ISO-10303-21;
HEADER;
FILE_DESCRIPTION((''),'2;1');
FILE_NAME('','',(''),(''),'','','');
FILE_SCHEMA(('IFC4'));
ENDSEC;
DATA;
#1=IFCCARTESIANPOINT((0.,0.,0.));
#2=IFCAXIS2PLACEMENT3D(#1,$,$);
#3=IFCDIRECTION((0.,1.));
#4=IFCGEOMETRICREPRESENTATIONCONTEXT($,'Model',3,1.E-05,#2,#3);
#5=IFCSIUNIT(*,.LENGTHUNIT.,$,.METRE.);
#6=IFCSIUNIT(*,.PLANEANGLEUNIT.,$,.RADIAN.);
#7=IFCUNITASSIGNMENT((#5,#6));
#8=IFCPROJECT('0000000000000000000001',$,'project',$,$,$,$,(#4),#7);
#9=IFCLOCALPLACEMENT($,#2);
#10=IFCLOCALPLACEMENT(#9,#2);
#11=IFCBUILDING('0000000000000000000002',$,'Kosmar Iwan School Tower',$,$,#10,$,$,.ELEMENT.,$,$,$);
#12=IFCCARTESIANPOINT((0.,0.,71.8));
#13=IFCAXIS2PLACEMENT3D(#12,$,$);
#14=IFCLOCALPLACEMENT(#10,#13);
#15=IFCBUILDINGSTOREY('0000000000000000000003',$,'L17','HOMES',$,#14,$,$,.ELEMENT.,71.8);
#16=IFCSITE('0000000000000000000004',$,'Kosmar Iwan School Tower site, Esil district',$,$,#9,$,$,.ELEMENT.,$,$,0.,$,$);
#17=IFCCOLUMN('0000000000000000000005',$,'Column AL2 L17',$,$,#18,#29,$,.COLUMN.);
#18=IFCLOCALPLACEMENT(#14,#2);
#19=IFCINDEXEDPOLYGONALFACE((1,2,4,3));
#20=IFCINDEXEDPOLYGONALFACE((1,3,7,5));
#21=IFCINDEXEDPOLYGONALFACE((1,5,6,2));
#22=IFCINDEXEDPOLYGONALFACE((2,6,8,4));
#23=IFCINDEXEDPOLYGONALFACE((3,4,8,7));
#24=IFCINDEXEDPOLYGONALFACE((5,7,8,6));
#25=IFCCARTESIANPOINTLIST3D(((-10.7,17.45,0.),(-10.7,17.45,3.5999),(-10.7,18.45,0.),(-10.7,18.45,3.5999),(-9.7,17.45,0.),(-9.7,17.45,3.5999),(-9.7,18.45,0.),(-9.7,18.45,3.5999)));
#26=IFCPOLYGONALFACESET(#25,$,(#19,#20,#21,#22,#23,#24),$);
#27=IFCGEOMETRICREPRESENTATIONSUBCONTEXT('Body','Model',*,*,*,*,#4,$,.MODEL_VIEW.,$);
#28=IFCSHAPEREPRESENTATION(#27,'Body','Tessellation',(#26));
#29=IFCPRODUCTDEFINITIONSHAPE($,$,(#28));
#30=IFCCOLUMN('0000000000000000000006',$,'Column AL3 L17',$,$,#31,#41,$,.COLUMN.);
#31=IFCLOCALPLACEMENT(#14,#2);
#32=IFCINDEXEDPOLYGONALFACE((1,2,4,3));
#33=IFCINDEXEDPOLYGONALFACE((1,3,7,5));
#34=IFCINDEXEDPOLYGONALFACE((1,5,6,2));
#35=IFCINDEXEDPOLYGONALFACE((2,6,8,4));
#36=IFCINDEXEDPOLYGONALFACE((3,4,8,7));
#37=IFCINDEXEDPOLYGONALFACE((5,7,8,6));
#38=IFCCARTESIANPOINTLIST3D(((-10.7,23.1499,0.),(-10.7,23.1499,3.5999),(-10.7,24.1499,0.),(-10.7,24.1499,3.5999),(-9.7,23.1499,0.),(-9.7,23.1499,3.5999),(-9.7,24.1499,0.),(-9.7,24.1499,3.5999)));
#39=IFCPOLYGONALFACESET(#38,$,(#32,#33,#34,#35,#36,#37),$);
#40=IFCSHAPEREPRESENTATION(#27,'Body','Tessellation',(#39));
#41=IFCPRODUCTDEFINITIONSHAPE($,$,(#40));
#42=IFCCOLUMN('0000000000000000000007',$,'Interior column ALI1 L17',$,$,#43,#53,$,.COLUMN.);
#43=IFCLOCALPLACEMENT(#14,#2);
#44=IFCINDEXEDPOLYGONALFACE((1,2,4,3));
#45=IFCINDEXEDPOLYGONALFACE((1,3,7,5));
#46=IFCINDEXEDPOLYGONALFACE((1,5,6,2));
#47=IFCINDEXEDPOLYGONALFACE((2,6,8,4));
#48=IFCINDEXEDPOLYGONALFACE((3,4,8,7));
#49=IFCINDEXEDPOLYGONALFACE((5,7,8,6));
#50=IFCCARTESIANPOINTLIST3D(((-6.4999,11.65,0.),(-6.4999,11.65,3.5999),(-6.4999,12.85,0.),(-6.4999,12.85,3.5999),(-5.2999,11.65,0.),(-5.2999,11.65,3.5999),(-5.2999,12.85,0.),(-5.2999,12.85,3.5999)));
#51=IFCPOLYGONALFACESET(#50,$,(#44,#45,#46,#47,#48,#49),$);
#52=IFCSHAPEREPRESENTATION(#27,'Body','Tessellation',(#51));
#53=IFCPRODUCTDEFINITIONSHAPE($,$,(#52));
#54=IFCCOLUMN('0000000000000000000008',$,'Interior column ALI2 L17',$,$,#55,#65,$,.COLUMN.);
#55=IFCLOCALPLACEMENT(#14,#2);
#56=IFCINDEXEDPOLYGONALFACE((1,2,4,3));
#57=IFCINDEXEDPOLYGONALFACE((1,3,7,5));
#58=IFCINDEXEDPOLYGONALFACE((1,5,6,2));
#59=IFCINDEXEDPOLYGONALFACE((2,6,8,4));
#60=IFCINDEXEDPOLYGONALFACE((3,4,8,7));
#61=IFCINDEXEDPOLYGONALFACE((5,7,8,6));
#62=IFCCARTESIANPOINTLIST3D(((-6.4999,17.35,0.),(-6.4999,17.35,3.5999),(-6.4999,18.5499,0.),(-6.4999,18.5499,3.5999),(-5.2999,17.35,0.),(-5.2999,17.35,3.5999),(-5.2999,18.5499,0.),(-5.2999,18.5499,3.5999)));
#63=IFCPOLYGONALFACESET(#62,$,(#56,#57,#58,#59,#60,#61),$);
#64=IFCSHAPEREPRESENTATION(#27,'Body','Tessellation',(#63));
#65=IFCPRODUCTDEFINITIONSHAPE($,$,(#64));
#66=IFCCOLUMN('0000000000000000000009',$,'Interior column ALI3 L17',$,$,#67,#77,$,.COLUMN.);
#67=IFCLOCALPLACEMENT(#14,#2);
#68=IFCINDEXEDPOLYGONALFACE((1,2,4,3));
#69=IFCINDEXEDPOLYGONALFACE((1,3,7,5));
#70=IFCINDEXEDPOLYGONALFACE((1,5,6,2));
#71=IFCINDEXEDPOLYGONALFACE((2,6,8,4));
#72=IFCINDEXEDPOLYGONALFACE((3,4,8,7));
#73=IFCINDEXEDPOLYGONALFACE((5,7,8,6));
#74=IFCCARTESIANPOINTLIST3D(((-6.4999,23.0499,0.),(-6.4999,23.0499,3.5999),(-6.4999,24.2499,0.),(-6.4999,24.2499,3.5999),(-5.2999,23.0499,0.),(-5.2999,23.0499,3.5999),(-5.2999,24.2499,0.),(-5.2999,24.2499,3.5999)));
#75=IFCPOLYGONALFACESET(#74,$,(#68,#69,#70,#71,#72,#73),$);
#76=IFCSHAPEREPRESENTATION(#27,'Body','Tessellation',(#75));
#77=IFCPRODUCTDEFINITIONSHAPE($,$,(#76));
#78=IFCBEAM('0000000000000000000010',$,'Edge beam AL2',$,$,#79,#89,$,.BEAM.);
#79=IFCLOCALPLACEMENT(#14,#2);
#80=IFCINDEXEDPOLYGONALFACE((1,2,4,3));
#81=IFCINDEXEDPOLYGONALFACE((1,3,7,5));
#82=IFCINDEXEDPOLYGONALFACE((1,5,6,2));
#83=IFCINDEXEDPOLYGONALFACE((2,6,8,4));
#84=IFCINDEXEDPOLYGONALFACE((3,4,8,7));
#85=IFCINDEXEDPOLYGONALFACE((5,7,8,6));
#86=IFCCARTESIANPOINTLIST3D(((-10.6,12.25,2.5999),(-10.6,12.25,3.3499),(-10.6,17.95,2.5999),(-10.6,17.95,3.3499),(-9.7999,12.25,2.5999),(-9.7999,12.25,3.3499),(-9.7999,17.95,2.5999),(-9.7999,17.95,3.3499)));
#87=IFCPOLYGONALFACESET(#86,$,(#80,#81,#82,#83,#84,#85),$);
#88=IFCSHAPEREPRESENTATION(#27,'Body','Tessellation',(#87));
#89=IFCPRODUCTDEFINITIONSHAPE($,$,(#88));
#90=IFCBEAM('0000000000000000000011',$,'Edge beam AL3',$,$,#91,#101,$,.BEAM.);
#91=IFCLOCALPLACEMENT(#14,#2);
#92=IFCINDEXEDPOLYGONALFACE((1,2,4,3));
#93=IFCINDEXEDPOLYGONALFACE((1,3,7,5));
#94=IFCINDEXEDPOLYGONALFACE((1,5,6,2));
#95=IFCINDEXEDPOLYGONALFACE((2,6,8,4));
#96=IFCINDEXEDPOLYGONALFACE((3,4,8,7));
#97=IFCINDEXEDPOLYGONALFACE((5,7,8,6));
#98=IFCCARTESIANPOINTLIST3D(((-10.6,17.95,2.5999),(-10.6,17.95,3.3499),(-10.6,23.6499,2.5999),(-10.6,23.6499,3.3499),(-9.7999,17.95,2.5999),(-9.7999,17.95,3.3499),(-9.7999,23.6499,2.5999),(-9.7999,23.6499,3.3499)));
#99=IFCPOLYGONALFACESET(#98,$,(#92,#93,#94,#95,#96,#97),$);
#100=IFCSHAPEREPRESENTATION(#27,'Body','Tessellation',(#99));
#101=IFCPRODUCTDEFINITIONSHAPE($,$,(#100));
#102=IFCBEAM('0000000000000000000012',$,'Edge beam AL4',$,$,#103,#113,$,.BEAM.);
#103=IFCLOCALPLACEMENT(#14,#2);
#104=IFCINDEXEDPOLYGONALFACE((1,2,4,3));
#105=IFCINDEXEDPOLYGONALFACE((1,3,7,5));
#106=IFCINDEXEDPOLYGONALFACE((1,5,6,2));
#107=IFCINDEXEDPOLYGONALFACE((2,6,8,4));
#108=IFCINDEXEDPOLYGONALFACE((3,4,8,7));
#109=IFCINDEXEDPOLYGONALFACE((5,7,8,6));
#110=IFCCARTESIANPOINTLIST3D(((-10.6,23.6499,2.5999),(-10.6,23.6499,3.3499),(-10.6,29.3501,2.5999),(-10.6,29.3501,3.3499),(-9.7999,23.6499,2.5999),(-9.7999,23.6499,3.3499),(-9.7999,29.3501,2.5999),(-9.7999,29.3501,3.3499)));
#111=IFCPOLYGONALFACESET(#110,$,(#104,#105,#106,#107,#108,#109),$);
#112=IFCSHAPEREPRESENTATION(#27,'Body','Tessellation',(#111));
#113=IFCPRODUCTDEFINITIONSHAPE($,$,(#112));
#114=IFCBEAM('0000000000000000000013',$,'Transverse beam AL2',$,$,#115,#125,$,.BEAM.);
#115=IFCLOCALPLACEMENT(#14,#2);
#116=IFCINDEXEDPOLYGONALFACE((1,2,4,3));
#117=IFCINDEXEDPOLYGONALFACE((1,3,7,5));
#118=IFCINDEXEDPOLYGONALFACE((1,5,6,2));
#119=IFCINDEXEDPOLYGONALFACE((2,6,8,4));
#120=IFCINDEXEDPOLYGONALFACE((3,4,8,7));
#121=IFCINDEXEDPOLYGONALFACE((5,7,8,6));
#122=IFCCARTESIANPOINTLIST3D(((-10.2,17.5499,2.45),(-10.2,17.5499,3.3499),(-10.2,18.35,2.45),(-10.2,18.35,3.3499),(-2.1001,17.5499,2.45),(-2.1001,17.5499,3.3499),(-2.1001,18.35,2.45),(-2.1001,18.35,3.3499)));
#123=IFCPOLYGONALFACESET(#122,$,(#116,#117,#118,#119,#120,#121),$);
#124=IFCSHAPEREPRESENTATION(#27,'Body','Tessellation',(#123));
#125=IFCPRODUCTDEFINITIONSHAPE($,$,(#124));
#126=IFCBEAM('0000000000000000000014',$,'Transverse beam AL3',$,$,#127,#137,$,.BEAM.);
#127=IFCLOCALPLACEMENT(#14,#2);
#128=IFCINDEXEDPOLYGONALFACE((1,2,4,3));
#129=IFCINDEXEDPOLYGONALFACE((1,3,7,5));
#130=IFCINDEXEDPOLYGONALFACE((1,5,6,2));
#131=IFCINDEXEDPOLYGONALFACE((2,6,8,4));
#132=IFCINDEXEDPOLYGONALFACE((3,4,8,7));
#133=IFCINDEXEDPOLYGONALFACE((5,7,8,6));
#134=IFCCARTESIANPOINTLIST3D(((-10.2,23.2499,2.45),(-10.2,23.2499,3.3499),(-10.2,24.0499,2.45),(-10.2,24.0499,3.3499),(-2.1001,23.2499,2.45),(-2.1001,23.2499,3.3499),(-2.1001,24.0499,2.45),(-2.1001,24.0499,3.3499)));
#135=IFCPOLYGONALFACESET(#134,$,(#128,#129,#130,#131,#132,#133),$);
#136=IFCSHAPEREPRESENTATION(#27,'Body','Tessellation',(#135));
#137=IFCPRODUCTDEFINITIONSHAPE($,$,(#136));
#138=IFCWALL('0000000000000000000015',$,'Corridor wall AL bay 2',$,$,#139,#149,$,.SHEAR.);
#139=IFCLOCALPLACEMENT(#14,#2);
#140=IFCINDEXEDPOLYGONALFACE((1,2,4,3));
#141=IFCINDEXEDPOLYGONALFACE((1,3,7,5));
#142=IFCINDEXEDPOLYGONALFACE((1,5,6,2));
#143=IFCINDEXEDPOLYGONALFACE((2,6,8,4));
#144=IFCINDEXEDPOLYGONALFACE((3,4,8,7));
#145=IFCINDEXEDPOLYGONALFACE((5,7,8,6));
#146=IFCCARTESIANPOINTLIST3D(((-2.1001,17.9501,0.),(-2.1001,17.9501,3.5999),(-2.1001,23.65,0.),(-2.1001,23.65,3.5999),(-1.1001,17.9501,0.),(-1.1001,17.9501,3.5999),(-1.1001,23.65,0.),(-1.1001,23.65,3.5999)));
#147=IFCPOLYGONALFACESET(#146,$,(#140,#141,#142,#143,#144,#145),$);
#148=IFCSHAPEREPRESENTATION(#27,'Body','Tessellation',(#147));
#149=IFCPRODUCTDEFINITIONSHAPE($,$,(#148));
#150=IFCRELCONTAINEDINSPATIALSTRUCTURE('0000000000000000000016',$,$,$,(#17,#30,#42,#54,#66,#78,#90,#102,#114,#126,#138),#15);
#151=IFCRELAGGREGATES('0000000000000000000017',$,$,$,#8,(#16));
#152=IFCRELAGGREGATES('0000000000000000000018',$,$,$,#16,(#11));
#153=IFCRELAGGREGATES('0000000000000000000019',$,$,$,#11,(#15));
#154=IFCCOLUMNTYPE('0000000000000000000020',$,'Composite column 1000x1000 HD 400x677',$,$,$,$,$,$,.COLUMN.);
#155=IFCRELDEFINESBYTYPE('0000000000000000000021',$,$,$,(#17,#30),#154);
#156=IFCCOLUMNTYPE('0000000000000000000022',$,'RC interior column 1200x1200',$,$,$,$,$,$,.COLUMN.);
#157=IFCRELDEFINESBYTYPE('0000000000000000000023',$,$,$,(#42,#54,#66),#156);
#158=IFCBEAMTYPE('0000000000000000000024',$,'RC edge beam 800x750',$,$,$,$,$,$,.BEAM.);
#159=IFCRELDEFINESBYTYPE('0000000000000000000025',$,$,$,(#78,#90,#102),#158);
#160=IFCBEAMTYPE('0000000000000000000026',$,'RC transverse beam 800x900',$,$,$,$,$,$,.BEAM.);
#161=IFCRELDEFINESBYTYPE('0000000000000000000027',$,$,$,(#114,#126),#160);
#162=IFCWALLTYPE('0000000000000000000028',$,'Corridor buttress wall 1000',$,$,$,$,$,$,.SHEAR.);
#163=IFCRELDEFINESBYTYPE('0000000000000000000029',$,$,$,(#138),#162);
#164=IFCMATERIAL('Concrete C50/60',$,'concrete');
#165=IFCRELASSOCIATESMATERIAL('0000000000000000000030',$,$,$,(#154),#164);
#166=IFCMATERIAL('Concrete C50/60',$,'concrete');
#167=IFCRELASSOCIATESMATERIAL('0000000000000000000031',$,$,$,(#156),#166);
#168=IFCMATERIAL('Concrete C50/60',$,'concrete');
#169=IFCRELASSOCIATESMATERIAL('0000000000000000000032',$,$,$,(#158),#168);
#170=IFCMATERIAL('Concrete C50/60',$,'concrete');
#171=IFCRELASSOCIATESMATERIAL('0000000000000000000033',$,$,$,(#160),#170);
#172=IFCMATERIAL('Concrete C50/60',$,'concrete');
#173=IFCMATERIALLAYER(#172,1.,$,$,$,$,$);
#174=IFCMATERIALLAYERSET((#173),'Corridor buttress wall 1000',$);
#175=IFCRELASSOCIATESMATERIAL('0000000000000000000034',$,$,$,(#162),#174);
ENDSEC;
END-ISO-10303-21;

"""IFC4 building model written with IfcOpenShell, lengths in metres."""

from ifc_helpers import new_model, si_unit, direction, frame, frame_2d, origin, origin_2d, place, context, subcontext, project, spatial, rectangle, extrude, material, layer, layer_set, material_profile, profile_set, type_object, element, save


model = new_model("IFC4")

# Units and contexts
model_context = context("Model", 3, precision=1e-05, world=origin(), true_north=direction((0.0, 1.0)))
body_context = subcontext(model_context, "Body", "Model", "MODEL_VIEW")
ifc_project = project(units=[si_unit("LENGTHUNIT", "METRE"), si_unit("PLANEANGLEUNIT", "RADIAN")], contexts=[model_context])

# Site, building, storey
site_placement = place(None, origin())
site = spatial("IfcSite", under=ifc_project, at=site_placement, Name="Kosmar Iwan School Tower site, Esil district", CompositionType="ELEMENT", RefElevation=0.0)
building_placement = place(site_placement, origin())
building = spatial("IfcBuilding", under=site, at=building_placement, Name="Kosmar Iwan School Tower", CompositionType="ELEMENT")
storey_placement = place(building_placement, frame((0.0, 0.0, 71.8)))
storey = spatial("IfcBuildingStorey", under=building, at=storey_placement, Name="L17", Description="HOMES", CompositionType="ELEMENT", Elevation=71.8)

# Columns
ifc_material_1 = material(Name="Concrete C50/60", Category="concrete")
ifc_material_profile_1 = material_profile(ifc_material_1, rectangle(XDim=1.0, YDim=1.0, at=origin_2d()), Name="RC 1000x1000 + HD 400x677")
ifc_profile_set_1 = profile_set([ifc_material_profile_1], Name="Concrete C50/60")
column_type_1 = type_object("IfcColumnType", Name="Composite column 1000x1000 HD 400x677", PredefinedType="COLUMN", material=ifc_profile_set_1)
for number, where, z_axis, x_axis, name in (
    (1, (-10.2, 17.95, 0.0), (0.0, 0.0, 1.0), (0.0, 1.0, 0.0), "Column AL2 L17"),
    (2, (-10.2, 23.6499, 0.0), (0.0, 0.0, 1.0), (0.0, 1.0, 0.0), "Column AL3 L17"),
):
    element("IfcColumn", number, at=place(storey_placement, frame(where, z_axis=z_axis, x_axis=x_axis)), inside=storey, type_object=column_type_1, Name=name, PredefinedType="COLUMN", context=body_context, shape_type="SweptSolid", body=[
        extrude(rectangle(XDim=1.0, YDim=1.0, at=origin_2d()), origin(), (0.0, 0.0, 1.0), 3.5999),
    ])
ifc_material_2 = material(Name="Concrete C50/60", Category="concrete")
ifc_material_profile_2 = material_profile(ifc_material_2, rectangle(XDim=1.2, YDim=1.2, at=origin_2d()), Name="RC 1200x1200")
ifc_profile_set_2 = profile_set([ifc_material_profile_2], Name="Concrete C50/60")
column_type_2 = type_object("IfcColumnType", Name="RC interior column 1200x1200", PredefinedType="COLUMN", material=ifc_profile_set_2)
for number, where, z_axis, x_axis, name in (
    (3, (-5.8999, 12.25, 0.0), (0.0, 0.0, 1.0), (0.0, 1.0, 0.0), "Interior column ALI1 L17"),
    (4, (-5.8999, 17.95, 0.0), (0.0, 0.0, 1.0), (0.0, 1.0, 0.0), "Interior column ALI2 L17"),
    (5, (-5.8999, 23.6499, 0.0), (0.0, 0.0, 1.0), (0.0, 1.0, 0.0), "Interior column ALI3 L17"),
):
    element("IfcColumn", number, at=place(storey_placement, frame(where, z_axis=z_axis, x_axis=x_axis)), inside=storey, type_object=column_type_2, Name=name, PredefinedType="COLUMN", context=body_context, shape_type="SweptSolid", body=[
        extrude(rectangle(XDim=1.2, YDim=1.2, at=origin_2d()), origin(), (0.0, 0.0, 1.0), 3.5999),
    ])

# Beams
ifc_material_3 = material(Name="Concrete C50/60", Category="concrete")
ifc_material_profile_3 = material_profile(ifc_material_3, rectangle(XDim=0.8, YDim=0.75, at=origin_2d()), Name="RC 800x750")
ifc_profile_set_3 = profile_set([ifc_material_profile_3], Name="Concrete C50/60")
beam_type_1 = type_object("IfcBeamType", Name="RC edge beam 800x750", PredefinedType="BEAM", material=ifc_profile_set_3)
for number, where, z_axis, x_axis, name in (
    (6, (-10.2, 12.25, 2.9749), (0.0, 1.0, 0.0), (-1.0, 0.0, 0.0), "Edge beam AL2"),
    (7, (-10.2, 17.95, 2.9749), (0.0, 1.0, 0.0), (-1.0, 0.0, 0.0), "Edge beam AL3"),
):
    element("IfcBeam", number, at=place(storey_placement, frame(where, z_axis=z_axis, x_axis=x_axis)), inside=storey, type_object=beam_type_1, Name=name, PredefinedType="BEAM", context=body_context, shape_type="SweptSolid", body=[
        extrude(rectangle(XDim=0.8, YDim=0.75, at=origin_2d()), origin(), (0.0, 0.0, 1.0), 5.7),
    ])
beam_placement = place(storey_placement, frame((-10.2, 23.6499, 2.9749), z_axis=(0.0, 1.0, 0.0), x_axis=(-1.0, 0.0, 0.0)))
element("IfcBeam", 8, at=beam_placement, inside=storey, type_object=beam_type_1, Name="Edge beam AL4", PredefinedType="BEAM", context=body_context, shape_type="SweptSolid", body=[
    extrude(rectangle(XDim=0.8, YDim=0.75, at=origin_2d()), origin(), (0.0, 0.0, 1.0), 5.7002),
])
ifc_material_4 = material(Name="Concrete C50/60", Category="concrete")
ifc_material_profile_4 = material_profile(ifc_material_4, rectangle(XDim=0.8, YDim=0.8999, at=origin_2d()), Name="RC 800x900")
ifc_profile_set_4 = profile_set([ifc_material_profile_4], Name="Concrete C50/60")
beam_type_2 = type_object("IfcBeamType", Name="RC transverse beam 800x900", PredefinedType="BEAM", material=ifc_profile_set_4)
for number, where, z_axis, x_axis, name in (
    (9, (-10.2, 17.95, 2.8999), (1.0, 0.0, 0.0), (0.0, 1.0, 0.0), "Transverse beam AL2"),
    (10, (-10.2, 23.6499, 2.8999), (1.0, 0.0, 0.0), (0.0, 1.0, 0.0), "Transverse beam AL3"),
):
    element("IfcBeam", number, at=place(storey_placement, frame(where, z_axis=z_axis, x_axis=x_axis)), inside=storey, type_object=beam_type_2, Name=name, PredefinedType="BEAM", context=body_context, shape_type="SweptSolid", body=[
        extrude(rectangle(XDim=0.8, YDim=0.8999, at=origin_2d()), origin(), (0.0, 0.0, 1.0), 8.0999),
    ])

# Wall
ifc_material_5 = material(Name="Concrete C50/60", Category="concrete")
ifc_layer_1 = layer(ifc_material_5, 1.0)
ifc_layer_set_1 = layer_set([ifc_layer_1], Name="Corridor buttress wall 1000")
wall_type_1 = type_object("IfcWallType", Name="Corridor buttress wall 1000", PredefinedType="SHEAR", material=ifc_layer_set_1)
wall_1_placement = place(storey_placement, frame((-1.6001, 17.95, 0.0), z_axis=(0.0, 0.0, 1.0), x_axis=(0.0, 1.0, 0.0)))
element("IfcWall", 11, at=wall_1_placement, inside=storey, type_object=wall_type_1, Name="Corridor wall AL bay 2", PredefinedType="SHEAR", context=body_context, shape_type="SweptSolid", body=[
    extrude(rectangle(XDim=5.7, YDim=1.0, at=frame_2d((2.8501, 0.0))), origin(), (0.0, 0.0, 1.0), 3.5999),
])

save(model, "model.ifc")
